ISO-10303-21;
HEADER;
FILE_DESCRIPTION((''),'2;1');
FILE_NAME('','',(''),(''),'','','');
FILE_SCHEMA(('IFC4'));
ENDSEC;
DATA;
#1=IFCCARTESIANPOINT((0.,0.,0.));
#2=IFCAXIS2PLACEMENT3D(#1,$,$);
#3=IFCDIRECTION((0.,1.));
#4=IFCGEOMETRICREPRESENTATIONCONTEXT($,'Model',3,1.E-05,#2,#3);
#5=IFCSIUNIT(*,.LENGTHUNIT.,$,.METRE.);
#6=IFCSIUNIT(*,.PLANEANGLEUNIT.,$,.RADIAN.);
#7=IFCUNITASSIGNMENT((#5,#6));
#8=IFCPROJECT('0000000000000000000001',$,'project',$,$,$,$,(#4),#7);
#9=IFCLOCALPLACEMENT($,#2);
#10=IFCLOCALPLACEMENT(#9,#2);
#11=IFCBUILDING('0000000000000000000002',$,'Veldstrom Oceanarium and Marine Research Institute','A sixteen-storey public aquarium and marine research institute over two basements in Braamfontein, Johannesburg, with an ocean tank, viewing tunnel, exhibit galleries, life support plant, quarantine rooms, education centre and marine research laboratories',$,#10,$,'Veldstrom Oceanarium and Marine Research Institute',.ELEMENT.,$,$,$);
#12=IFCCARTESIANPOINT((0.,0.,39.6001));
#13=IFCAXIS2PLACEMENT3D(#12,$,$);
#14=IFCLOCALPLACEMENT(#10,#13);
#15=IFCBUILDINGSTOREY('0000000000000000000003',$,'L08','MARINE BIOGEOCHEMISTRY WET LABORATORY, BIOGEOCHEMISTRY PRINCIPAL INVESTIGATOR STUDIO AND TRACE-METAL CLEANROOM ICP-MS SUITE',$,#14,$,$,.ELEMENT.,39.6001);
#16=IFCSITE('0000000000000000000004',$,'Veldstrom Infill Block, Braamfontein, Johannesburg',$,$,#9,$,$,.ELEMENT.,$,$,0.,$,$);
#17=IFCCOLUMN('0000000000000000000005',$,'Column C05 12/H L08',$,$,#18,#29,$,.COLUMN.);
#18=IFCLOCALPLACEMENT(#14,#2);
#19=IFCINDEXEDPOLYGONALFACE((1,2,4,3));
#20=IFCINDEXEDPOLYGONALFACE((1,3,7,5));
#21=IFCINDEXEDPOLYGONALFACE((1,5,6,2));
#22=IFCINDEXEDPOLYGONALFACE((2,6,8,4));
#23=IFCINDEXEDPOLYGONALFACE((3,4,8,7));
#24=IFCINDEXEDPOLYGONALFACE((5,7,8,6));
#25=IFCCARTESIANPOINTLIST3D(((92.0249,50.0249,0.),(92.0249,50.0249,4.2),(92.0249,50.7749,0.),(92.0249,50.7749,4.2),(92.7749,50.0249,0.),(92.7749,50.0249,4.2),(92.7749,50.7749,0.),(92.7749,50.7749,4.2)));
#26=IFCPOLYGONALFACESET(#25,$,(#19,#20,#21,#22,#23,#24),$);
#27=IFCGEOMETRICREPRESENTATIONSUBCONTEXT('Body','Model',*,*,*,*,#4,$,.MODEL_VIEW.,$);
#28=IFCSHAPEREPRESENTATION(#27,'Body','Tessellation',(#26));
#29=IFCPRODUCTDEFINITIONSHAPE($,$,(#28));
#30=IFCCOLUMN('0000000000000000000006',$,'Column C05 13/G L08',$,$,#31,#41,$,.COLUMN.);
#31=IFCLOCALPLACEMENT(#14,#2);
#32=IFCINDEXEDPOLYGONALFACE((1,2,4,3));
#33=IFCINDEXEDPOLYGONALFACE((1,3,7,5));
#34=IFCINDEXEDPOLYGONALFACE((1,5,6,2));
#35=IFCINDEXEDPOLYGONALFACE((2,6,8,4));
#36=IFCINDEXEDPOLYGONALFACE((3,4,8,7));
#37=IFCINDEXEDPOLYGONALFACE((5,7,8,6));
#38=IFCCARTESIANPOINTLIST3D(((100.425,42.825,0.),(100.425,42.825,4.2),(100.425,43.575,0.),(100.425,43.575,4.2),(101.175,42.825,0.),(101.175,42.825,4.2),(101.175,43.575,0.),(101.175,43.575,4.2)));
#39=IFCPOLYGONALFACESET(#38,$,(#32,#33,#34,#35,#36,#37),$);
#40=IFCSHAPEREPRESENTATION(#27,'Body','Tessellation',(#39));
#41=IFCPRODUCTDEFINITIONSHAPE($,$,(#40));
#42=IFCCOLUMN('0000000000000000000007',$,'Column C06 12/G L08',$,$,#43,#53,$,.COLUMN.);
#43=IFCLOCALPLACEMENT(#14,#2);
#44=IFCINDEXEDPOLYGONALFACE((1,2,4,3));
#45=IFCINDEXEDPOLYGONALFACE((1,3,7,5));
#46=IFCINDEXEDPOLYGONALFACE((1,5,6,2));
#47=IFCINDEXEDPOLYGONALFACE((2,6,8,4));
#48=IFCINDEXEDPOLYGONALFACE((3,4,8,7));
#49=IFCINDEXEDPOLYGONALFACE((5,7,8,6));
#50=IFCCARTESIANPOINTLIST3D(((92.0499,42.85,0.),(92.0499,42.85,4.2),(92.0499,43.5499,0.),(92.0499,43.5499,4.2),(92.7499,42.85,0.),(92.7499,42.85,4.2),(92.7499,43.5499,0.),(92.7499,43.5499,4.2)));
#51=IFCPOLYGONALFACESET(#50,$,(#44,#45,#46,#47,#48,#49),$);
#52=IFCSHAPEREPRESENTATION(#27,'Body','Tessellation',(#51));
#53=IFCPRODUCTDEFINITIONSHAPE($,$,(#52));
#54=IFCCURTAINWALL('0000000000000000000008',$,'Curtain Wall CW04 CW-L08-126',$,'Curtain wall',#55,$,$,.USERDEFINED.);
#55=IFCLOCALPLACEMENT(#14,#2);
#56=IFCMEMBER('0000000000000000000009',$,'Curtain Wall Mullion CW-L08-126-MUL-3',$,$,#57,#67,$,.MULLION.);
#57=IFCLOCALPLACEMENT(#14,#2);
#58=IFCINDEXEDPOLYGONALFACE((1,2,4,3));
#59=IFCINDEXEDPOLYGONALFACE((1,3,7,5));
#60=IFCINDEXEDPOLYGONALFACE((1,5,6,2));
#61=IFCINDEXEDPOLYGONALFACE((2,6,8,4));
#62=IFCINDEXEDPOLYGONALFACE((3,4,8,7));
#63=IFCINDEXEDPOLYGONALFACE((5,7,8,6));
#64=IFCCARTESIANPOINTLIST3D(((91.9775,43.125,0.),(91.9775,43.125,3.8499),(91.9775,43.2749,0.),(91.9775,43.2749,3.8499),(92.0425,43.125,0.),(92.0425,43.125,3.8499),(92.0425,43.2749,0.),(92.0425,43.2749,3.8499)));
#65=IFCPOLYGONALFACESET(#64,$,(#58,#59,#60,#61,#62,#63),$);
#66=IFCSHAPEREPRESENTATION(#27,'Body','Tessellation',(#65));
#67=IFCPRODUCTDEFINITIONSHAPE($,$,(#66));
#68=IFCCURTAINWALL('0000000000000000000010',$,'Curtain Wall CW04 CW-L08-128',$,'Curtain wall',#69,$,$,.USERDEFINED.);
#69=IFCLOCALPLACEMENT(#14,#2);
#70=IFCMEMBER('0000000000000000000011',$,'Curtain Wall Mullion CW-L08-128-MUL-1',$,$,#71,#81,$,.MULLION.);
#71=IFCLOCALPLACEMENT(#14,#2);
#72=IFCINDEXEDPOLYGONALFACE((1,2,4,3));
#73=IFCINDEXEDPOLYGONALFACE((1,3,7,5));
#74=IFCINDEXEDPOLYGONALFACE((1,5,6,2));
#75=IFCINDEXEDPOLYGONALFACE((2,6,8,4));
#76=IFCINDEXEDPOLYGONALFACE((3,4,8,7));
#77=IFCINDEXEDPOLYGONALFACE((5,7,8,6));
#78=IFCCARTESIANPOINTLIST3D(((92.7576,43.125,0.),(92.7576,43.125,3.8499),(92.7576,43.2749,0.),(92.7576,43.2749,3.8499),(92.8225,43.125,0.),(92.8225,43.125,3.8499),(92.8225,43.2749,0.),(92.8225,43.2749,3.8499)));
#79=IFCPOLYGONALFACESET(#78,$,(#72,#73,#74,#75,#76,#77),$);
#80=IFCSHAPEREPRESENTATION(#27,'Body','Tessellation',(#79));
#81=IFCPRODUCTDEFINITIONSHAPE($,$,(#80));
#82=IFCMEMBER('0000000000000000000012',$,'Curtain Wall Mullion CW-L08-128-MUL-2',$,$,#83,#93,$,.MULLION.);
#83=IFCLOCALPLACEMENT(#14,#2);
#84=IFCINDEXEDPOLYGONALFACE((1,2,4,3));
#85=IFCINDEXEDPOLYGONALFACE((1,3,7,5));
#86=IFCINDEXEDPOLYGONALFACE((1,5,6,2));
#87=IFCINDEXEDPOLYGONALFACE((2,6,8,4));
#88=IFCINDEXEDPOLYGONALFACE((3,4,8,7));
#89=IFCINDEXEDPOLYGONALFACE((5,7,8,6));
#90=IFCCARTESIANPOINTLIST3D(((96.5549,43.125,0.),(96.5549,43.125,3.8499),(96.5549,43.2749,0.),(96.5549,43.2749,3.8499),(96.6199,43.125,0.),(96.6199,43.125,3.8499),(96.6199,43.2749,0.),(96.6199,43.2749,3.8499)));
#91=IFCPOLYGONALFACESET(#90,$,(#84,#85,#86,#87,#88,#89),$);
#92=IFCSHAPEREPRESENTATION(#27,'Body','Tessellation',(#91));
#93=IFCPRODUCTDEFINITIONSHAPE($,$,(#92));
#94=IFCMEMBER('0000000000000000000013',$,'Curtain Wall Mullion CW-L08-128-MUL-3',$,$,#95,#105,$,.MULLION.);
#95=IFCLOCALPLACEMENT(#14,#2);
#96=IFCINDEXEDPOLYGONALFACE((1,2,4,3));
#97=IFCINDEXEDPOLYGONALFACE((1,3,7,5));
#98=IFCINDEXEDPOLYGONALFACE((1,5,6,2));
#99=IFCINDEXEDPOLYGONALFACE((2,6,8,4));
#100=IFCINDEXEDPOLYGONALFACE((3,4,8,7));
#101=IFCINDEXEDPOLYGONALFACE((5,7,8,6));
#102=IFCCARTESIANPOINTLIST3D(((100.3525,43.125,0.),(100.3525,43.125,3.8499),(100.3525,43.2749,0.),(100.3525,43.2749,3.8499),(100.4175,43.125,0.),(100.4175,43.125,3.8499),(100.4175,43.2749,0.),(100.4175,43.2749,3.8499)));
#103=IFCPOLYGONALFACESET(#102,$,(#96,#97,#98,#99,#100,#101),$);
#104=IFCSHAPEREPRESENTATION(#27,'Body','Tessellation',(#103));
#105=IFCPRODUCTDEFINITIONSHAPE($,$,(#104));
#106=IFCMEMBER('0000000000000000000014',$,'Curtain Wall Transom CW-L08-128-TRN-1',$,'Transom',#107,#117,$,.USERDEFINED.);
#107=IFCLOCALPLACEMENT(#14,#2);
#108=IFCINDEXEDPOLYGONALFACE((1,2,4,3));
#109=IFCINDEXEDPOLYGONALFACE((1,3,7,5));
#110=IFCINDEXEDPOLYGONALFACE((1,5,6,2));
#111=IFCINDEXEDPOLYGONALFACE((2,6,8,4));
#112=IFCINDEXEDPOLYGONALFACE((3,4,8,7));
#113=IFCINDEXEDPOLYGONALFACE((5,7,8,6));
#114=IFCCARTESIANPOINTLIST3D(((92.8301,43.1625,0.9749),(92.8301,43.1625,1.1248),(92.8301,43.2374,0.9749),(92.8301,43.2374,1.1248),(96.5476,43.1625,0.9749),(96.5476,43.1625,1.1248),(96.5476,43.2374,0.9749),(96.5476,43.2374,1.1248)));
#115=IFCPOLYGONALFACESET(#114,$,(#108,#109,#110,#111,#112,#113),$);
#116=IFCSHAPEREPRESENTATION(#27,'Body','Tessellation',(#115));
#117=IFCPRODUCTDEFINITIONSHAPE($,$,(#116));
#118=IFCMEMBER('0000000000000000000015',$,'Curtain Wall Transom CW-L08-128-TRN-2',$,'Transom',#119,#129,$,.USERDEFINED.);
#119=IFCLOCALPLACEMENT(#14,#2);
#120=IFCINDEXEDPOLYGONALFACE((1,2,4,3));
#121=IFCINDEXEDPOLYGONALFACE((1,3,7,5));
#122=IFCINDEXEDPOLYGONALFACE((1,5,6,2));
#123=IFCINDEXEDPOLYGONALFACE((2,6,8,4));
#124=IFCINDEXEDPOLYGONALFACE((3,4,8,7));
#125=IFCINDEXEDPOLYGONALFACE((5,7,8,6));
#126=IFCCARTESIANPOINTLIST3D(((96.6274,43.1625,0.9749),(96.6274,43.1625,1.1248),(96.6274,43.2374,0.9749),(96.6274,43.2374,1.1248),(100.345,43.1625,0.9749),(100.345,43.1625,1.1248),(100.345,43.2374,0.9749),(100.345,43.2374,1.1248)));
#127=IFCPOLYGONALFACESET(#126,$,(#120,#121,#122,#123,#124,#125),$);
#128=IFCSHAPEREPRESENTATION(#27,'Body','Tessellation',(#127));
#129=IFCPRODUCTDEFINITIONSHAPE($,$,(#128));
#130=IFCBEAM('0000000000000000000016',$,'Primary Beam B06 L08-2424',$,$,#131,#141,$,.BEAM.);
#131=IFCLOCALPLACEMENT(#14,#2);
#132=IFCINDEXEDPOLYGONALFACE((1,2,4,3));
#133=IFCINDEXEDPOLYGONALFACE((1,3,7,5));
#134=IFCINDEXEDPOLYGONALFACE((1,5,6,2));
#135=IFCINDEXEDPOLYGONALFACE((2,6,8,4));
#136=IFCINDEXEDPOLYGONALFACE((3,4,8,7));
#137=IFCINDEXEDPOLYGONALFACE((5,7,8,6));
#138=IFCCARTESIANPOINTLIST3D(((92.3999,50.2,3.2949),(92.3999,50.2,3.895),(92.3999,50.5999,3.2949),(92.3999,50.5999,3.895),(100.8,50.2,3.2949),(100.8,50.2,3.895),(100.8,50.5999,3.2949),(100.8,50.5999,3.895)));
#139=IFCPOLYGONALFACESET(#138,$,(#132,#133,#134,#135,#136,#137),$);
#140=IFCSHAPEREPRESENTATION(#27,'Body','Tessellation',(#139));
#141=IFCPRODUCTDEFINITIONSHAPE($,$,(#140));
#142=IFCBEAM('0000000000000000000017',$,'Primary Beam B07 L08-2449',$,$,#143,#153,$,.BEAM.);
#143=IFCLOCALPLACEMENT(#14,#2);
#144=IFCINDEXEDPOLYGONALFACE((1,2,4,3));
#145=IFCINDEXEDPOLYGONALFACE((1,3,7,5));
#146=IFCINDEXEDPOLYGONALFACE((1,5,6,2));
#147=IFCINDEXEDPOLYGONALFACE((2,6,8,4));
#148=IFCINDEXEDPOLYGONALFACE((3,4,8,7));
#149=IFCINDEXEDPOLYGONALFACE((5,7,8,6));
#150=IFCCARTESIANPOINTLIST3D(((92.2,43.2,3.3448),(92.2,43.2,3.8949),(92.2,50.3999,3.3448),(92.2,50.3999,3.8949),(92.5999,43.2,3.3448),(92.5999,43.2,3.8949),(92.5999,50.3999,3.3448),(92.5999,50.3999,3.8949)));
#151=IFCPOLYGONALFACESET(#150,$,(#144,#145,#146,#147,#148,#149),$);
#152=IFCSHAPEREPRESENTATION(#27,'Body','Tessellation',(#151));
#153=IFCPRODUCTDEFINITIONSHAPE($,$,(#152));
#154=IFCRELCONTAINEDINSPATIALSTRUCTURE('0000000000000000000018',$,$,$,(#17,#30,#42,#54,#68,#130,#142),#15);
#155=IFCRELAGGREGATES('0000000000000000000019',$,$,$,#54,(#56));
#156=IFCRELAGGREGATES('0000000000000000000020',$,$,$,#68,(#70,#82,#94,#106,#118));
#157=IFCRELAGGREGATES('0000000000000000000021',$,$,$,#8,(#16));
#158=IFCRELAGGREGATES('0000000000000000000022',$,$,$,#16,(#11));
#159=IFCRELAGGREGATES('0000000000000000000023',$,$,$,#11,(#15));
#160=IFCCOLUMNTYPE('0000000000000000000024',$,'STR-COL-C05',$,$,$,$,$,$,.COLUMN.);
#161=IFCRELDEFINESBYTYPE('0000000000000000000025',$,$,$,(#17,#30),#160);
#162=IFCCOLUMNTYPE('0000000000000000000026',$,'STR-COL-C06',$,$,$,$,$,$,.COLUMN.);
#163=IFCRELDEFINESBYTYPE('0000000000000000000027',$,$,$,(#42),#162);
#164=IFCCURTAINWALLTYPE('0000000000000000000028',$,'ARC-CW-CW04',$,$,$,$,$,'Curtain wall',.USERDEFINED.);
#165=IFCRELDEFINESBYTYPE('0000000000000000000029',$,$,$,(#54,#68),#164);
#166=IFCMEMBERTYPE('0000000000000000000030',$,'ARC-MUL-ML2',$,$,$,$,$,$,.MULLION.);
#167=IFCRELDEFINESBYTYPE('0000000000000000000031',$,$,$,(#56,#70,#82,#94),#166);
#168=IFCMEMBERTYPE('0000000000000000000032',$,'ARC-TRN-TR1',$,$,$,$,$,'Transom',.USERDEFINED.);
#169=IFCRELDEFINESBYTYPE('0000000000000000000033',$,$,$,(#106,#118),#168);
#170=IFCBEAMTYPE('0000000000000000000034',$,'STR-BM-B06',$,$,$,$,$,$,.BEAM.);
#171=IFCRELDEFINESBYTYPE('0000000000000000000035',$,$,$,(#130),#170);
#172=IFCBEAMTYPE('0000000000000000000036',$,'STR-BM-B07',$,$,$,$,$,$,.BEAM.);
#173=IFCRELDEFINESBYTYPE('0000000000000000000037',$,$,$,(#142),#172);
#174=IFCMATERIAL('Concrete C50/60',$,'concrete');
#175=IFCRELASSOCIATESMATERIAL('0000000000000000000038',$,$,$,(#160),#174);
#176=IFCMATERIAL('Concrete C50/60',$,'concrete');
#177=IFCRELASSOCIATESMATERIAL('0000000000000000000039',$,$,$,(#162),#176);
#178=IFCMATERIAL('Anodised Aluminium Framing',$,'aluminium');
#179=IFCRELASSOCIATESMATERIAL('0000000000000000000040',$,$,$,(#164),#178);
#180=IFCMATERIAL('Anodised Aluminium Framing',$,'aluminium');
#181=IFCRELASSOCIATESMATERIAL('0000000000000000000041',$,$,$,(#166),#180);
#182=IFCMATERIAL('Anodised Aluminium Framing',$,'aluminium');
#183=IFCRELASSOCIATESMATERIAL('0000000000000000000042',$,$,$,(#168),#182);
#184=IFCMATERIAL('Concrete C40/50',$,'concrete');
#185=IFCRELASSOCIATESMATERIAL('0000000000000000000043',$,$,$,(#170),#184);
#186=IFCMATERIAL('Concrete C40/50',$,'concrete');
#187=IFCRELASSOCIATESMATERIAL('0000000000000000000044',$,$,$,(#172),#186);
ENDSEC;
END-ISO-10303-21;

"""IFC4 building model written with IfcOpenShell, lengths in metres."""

from ifc_helpers import new_model, si_unit, direction, frame, origin, origin_2d, place, context, subcontext, project, spatial, rectangle, extrude, material, material_profile, profile_set, type_object, element, aggregate, save


model = new_model("IFC4")

# Units and contexts
model_context = context("Model", 3, precision=1e-05, world=origin(), true_north=direction((0.0, 1.0)))
body_context = subcontext(model_context, "Body", "Model", "MODEL_VIEW")
ifc_project = project(units=[si_unit("LENGTHUNIT", "METRE"), si_unit("PLANEANGLEUNIT", "RADIAN")], contexts=[model_context])

# Site, building, storey
site_placement = place(None, origin())
site = spatial("IfcSite", under=ifc_project, at=site_placement, Name="Veldstrom Infill Block, Braamfontein, Johannesburg", CompositionType="ELEMENT", RefElevation=0.0)
building_placement = place(site_placement, origin())
building = spatial("IfcBuilding", under=site, at=building_placement, Name="Veldstrom Oceanarium and Marine Research Institute", Description="A sixteen-storey public aquarium and marine research institute over two basements in Braamfontein, Johannesburg, with an ocean tank, viewing tunnel, exhibit galleries, life support plant, quarantine rooms, education centre and marine research laboratories", LongName="Veldstrom Oceanarium and Marine Research Institute", CompositionType="ELEMENT")
storey_placement = place(building_placement, frame((0.0, 0.0, 39.6001)))
storey = spatial("IfcBuildingStorey", under=building, at=storey_placement, Name="L08", Description="MARINE BIOGEOCHEMISTRY WET LABORATORY, BIOGEOCHEMISTRY PRINCIPAL INVESTIGATOR STUDIO AND TRACE-METAL CLEANROOM ICP-MS SUITE", CompositionType="ELEMENT", Elevation=39.6001)

# Columns
ifc_material_1 = material(Name="Concrete C50/60", Category="concrete")
ifc_material_profile_1 = material_profile(ifc_material_1, rectangle(XDim=0.75, YDim=0.75, at=origin_2d()), Name="RC-COL-750x750")
ifc_profile_set_1 = profile_set([ifc_material_profile_1], Name="Concrete C50/60")
column_type_1 = type_object("IfcColumnType", Name="STR-COL-C05", PredefinedType="COLUMN", material=ifc_profile_set_1)
for number, where, z_axis, x_axis, name in (
    (1, (92.3999, 50.3999, 0.0), (0.0, 0.0, 1.0), (1.0, 0.0, 0.0), "Column C05 12/H L08"),
    (2, (100.8, 43.2, 0.0), (0.0, 0.0, 1.0), (1.0, 0.0, 0.0), "Column C05 13/G L08"),
):
    element("IfcColumn", number, at=place(storey_placement, frame(where, z_axis=z_axis, x_axis=x_axis)), inside=storey, type_object=column_type_1, Name=name, PredefinedType="COLUMN", context=body_context, shape_type="SweptSolid", body=[
        extrude(rectangle(XDim=0.75, YDim=0.75, at=origin_2d()), origin(), (0.0, 0.0, 1.0), 4.2),
    ])
ifc_material_2 = material(Name="Concrete C50/60", Category="concrete")
ifc_material_profile_2 = material_profile(ifc_material_2, rectangle(XDim=0.7, YDim=0.7, at=origin_2d()), Name="RC-COL-700x700")
ifc_profile_set_2 = profile_set([ifc_material_profile_2], Name="Concrete C50/60")
column_type_2 = type_object("IfcColumnType", Name="STR-COL-C06", PredefinedType="COLUMN", material=ifc_profile_set_2)
column_placement = place(storey_placement, frame((92.3999, 43.2, 0.0), z_axis=(0.0, 0.0, 1.0), x_axis=(1.0, 0.0, 0.0)))
element("IfcColumn", 3, at=column_placement, inside=storey, type_object=column_type_2, Name="Column C06 12/G L08", PredefinedType="COLUMN", context=body_context, shape_type="SweptSolid", body=[
    extrude(rectangle(XDim=0.7, YDim=0.7, at=origin_2d()), origin(), (0.0, 0.0, 1.0), 4.2),
])

# Curtain wall, member
ifc_material_3 = material(Name="Anodised Aluminium Framing", Category="aluminium")
curtain_wall_type = type_object("IfcCurtainWallType", Name="ARC-CW-CW04", ElementType="Curtain wall", PredefinedType="USERDEFINED", material=ifc_material_3)
curtain_wall_1_placement = place(storey_placement, origin())
curtain_wall_1 = element("IfcCurtainWall", 4, at=curtain_wall_1_placement, inside=storey, type_object=curtain_wall_type, Name="Curtain Wall CW04 CW-L08-126", ObjectType="Curtain wall", PredefinedType="USERDEFINED")
ifc_material_4 = material(Name="Anodised Aluminium Framing", Category="aluminium")
ifc_material_profile_3 = material_profile(ifc_material_4, rectangle(XDim=0.0649, YDim=0.1499, at=origin_2d()), Name="ALU-MUL-65x150")
ifc_profile_set_3 = profile_set([ifc_material_profile_3], Name="Anodised Aluminium Framing")
member_type_1 = type_object("IfcMemberType", Name="ARC-MUL-ML2", PredefinedType="MULLION", material=ifc_profile_set_3)
member_1_placement = place(storey_placement, frame((92.01, 43.2, 0.0), z_axis=(0.0, 0.0, 1.0), x_axis=(1.0, 0.0, 0.0)))
member_1 = element("IfcMember", 5, at=member_1_placement, type_object=member_type_1, Name="Curtain Wall Mullion CW-L08-126-MUL-3", PredefinedType="MULLION", context=body_context, shape_type="SweptSolid", body=[
    extrude(rectangle(XDim=0.0649, YDim=0.1499, at=origin_2d()), origin(), (0.0, 0.0, 1.0), 3.8499),
])
aggregate(curtain_wall_1, [member_1])

# Curtain wall, members
curtain_wall_2_placement = place(storey_placement, origin())
curtain_wall_2 = element("IfcCurtainWall", 6, at=curtain_wall_2_placement, inside=storey, type_object=curtain_wall_type, Name="Curtain Wall CW04 CW-L08-128", ObjectType="Curtain wall", PredefinedType="USERDEFINED")
member_2_placement = place(storey_placement, frame((92.79, 43.2, 0.0), z_axis=(0.0, 0.0, 1.0), x_axis=(1.0, 0.0, 0.0)))
member_2 = element("IfcMember", 7, at=member_2_placement, type_object=member_type_1, Name="Curtain Wall Mullion CW-L08-128-MUL-1", PredefinedType="MULLION", context=body_context, shape_type="SweptSolid", body=[
    extrude(rectangle(XDim=0.0649, YDim=0.1499, at=origin_2d()), origin(), (0.0, 0.0, 1.0), 3.8499),
])
member_3_placement = place(storey_placement, frame((96.5874, 43.2, 0.0), z_axis=(0.0, 0.0, 1.0), x_axis=(1.0, 0.0, 0.0)))
member_3 = element("IfcMember", 8, at=member_3_placement, type_object=member_type_1, Name="Curtain Wall Mullion CW-L08-128-MUL-2", PredefinedType="MULLION", context=body_context, shape_type="SweptSolid", body=[
    extrude(rectangle(XDim=0.0649, YDim=0.1499, at=origin_2d()), origin(), (0.0, 0.0, 1.0), 3.8499),
])
member_4_placement = place(storey_placement, frame((100.385, 43.2, 0.0), z_axis=(0.0, 0.0, 1.0), x_axis=(1.0, 0.0, 0.0)))
member_4 = element("IfcMember", 9, at=member_4_placement, type_object=member_type_1, Name="Curtain Wall Mullion CW-L08-128-MUL-3", PredefinedType="MULLION", context=body_context, shape_type="SweptSolid", body=[
    extrude(rectangle(XDim=0.0649, YDim=0.1499, at=origin_2d()), origin(), (0.0, 0.0, 1.0), 3.8499),
])
ifc_material_5 = material(Name="Anodised Aluminium Framing", Category="aluminium")
ifc_material_profile_4 = material_profile(ifc_material_5, rectangle(XDim=0.075, YDim=0.1499, at=origin_2d()), Name="ALU-TRN-75x150")
ifc_profile_set_4 = profile_set([ifc_material_profile_4], Name="Anodised Aluminium Framing")
member_type_2 = type_object("IfcMemberType", Name="ARC-TRN-TR1", ElementType="Transom", PredefinedType="USERDEFINED", material=ifc_profile_set_4)
member_5_placement = place(storey_placement, frame((92.8301, 43.2, 1.0498), z_axis=(1.0, 0.0, 0.0), x_axis=(0.0, 1.0, 0.0)))
member_5 = element("IfcMember", 10, at=member_5_placement, type_object=member_type_2, Name="Curtain Wall Transom CW-L08-128-TRN-1", ObjectType="Transom", PredefinedType="USERDEFINED", context=body_context, shape_type="SweptSolid", body=[
    extrude(rectangle(XDim=0.075, YDim=0.1499, at=origin_2d()), origin(), (0.0, 0.0, 1.0), 3.7175),
])
member_6_placement = place(storey_placement, frame((96.6274, 43.2, 1.0498), z_axis=(1.0, 0.0, 0.0), x_axis=(0.0, 1.0, 0.0)))
member_6 = element("IfcMember", 11, at=member_6_placement, type_object=member_type_2, Name="Curtain Wall Transom CW-L08-128-TRN-2", ObjectType="Transom", PredefinedType="USERDEFINED", context=body_context, shape_type="SweptSolid", body=[
    extrude(rectangle(XDim=0.075, YDim=0.1499, at=origin_2d()), origin(), (0.0, 0.0, 1.0), 3.7175),
])

# Beams
ifc_material_6 = material(Name="Concrete C40/50", Category="concrete")
ifc_material_profile_5 = material_profile(ifc_material_6, rectangle(XDim=0.3999, YDim=0.6001, at=origin_2d()), Name="RC-BM-400x600")
ifc_profile_set_5 = profile_set([ifc_material_profile_5], Name="Concrete C40/50")
beam_type_1 = type_object("IfcBeamType", Name="STR-BM-B06", PredefinedType="BEAM", material=ifc_profile_set_5)
beam_1_placement = place(storey_placement, frame((92.3999, 50.3999, 3.595), z_axis=(1.0, 0.0, 0.0), x_axis=(0.0, 1.0, 0.0)))
element("IfcBeam", 12, at=beam_1_placement, inside=storey, type_object=beam_type_1, Name="Primary Beam B06 L08-2424", PredefinedType="BEAM", context=body_context, shape_type="SweptSolid", body=[
    extrude(rectangle(XDim=0.3999, YDim=0.6001, at=origin_2d()), origin(), (0.0, 0.0, 1.0), 8.4001),
])
ifc_material_7 = material(Name="Concrete C40/50", Category="concrete")
ifc_material_profile_6 = material_profile(ifc_material_7, rectangle(XDim=0.3999, YDim=0.55, at=origin_2d()), Name="RC-BM-400x550")
ifc_profile_set_6 = profile_set([ifc_material_profile_6], Name="Concrete C40/50")
beam_type_2 = type_object("IfcBeamType", Name="STR-BM-B07", PredefinedType="BEAM", material=ifc_profile_set_6)
beam_2_placement = place(storey_placement, frame((92.3999, 43.2, 3.6199), z_axis=(0.0, 1.0, 0.0), x_axis=(-1.0, 0.0, 0.0)))
element("IfcBeam", 13, at=beam_2_placement, inside=storey, type_object=beam_type_2, Name="Primary Beam B07 L08-2449", PredefinedType="BEAM", context=body_context, shape_type="SweptSolid", body=[
    extrude(rectangle(XDim=0.3999, YDim=0.55, at=origin_2d()), origin(), (0.0, 0.0, 1.0), 7.2),
])

aggregate(curtain_wall_2, [member_2, member_3, member_4, member_5, member_6])

save(model, "model.ifc")
